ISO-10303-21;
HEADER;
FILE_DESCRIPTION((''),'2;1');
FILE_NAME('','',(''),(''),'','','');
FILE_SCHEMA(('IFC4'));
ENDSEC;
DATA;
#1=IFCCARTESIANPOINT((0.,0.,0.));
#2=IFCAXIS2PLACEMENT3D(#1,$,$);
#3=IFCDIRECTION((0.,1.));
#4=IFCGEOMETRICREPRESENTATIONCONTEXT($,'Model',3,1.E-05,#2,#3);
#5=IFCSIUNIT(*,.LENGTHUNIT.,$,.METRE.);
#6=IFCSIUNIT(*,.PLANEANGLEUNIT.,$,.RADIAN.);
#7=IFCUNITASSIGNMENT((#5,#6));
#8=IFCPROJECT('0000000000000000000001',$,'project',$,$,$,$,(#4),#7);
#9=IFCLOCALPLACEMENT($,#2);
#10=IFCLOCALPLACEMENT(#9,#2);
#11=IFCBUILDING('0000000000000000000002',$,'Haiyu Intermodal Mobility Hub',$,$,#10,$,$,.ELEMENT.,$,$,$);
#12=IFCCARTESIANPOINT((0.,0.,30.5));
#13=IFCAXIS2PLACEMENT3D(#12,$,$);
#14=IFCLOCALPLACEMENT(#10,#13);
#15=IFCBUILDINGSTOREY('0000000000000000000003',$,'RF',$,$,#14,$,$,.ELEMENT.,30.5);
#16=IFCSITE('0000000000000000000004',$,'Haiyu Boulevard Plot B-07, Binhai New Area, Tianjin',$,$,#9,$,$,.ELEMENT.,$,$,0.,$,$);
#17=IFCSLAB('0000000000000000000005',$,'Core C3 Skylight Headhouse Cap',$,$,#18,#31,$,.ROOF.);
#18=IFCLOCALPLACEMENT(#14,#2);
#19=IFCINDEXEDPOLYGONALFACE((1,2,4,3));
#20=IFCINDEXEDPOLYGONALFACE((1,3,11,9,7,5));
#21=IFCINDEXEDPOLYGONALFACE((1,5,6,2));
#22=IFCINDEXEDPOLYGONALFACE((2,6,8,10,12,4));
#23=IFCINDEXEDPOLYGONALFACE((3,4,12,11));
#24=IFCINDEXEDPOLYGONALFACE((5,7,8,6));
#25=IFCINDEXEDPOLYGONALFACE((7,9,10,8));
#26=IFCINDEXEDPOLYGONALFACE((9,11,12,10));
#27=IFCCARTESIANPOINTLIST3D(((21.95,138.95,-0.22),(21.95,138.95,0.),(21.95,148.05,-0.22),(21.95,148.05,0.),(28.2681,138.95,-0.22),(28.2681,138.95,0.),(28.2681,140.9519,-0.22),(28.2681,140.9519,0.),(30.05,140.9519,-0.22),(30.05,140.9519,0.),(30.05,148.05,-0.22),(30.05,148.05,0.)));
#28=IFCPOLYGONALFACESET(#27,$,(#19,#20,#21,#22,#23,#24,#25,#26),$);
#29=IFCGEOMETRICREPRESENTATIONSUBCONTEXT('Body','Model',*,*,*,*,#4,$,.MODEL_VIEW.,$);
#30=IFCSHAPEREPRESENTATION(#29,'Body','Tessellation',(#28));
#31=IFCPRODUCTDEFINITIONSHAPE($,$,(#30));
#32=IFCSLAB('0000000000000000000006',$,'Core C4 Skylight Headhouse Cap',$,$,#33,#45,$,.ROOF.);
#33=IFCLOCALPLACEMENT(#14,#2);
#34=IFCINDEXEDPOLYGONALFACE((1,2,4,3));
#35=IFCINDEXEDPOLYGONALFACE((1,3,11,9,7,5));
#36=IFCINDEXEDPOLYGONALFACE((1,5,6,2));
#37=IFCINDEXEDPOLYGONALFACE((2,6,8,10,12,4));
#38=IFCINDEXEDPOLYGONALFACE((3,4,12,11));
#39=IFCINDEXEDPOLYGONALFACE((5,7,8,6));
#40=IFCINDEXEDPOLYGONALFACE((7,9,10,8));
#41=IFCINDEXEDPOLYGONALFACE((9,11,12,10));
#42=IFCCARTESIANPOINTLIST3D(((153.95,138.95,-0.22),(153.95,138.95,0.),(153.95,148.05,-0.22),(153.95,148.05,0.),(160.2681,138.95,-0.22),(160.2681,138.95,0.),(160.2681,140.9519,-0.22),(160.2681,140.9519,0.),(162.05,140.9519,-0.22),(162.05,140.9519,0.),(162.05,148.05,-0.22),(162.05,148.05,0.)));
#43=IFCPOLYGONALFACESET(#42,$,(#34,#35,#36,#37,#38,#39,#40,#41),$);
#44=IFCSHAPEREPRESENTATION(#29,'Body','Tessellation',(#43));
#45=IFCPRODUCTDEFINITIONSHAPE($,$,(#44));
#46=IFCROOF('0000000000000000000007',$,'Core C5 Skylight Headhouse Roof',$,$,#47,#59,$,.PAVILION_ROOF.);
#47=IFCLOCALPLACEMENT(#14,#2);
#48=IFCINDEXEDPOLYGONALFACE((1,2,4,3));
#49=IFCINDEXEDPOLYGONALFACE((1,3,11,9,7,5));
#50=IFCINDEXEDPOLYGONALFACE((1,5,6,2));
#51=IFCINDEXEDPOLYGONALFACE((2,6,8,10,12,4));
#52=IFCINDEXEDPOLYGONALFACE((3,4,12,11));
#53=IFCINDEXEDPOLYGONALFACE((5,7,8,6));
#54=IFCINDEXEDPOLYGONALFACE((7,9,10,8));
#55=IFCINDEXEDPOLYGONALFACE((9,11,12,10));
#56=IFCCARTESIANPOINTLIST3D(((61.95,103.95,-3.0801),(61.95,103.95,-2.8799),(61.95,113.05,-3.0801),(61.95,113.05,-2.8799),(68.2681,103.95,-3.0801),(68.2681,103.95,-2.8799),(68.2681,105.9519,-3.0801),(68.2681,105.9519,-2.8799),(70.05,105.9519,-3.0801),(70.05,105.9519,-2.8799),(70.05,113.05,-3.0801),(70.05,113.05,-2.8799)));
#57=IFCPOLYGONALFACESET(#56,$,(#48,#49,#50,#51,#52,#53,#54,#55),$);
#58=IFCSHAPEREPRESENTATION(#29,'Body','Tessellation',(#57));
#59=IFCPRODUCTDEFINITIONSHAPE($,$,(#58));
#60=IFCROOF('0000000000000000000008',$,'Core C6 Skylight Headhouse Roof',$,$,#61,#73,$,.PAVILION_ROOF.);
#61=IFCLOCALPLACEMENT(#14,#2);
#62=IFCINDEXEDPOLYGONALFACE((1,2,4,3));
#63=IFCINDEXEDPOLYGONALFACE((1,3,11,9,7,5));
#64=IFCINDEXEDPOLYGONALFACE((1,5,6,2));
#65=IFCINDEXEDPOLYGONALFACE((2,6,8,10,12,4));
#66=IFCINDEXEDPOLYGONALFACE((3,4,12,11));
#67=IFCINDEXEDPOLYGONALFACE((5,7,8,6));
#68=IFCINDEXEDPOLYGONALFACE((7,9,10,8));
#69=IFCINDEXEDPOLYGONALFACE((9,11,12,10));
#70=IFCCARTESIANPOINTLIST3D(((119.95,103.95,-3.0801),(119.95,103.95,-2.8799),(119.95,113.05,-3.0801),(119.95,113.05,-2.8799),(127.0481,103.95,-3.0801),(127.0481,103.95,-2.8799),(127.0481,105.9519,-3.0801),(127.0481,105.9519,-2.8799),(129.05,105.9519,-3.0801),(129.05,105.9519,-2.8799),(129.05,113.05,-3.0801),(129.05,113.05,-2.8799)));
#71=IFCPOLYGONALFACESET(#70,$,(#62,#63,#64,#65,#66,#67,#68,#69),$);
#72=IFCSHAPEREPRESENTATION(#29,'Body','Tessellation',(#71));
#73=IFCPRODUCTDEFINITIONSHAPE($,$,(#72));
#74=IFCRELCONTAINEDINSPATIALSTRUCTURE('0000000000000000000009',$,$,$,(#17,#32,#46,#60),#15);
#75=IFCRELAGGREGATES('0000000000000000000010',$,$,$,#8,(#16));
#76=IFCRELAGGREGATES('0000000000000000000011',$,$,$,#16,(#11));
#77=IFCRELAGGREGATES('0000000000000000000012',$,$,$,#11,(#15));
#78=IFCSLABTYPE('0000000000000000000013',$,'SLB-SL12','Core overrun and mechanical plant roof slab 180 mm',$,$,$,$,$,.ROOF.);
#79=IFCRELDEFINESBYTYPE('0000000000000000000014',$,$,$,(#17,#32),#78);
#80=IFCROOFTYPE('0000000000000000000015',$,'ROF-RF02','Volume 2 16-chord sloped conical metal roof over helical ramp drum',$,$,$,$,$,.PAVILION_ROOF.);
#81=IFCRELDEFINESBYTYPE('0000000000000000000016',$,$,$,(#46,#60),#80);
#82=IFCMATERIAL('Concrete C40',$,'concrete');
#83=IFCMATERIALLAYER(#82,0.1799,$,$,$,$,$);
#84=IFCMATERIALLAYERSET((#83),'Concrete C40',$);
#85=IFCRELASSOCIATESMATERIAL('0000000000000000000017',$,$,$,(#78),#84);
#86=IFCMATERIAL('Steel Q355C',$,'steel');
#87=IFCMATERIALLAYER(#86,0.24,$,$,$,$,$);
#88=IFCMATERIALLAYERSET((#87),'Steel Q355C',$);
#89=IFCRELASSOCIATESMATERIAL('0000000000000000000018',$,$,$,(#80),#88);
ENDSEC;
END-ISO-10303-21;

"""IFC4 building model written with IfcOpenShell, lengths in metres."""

from ifc_helpers import new_model, si_unit, direction, frame, origin, place, context, subcontext, project, spatial, polyline, outline, extrude, material, layer, layer_set, type_object, element, save


model = new_model("IFC4")

# Units and contexts
model_context = context("Model", 3, precision=1e-05, world=origin(), true_north=direction((0.0, 1.0)))
body_context = subcontext(model_context, "Body", "Model", "MODEL_VIEW")
ifc_project = project(units=[si_unit("LENGTHUNIT", "METRE"), si_unit("PLANEANGLEUNIT", "RADIAN")], contexts=[model_context])

# Site, building, storey
site_placement = place(None, origin())
site = spatial("IfcSite", under=ifc_project, at=site_placement, Name="Haiyu Boulevard Plot B-07, Binhai New Area, Tianjin", CompositionType="ELEMENT", RefElevation=0.0)
building_placement = place(site_placement, origin())
building = spatial("IfcBuilding", under=site, at=building_placement, Name="Haiyu Intermodal Mobility Hub", CompositionType="ELEMENT")
storey_placement = place(building_placement, frame((0.0, 0.0, 30.5)))
storey = spatial("IfcBuildingStorey", under=building, at=storey_placement, Name="RF", CompositionType="ELEMENT", Elevation=30.5)

# Slabs
ifc_material_1 = material(Name="Concrete C40", Category="concrete")
ifc_layer_1 = layer(ifc_material_1, 0.1799)
ifc_layer_set_1 = layer_set([ifc_layer_1], Name="Concrete C40")
slab_type = type_object("IfcSlabType", Name="SLB-SL12", Description="Core overrun and mechanical plant roof slab 180 mm", PredefinedType="ROOF", material=ifc_layer_set_1)
slab_1_placement = place(storey_placement, frame((0.0, 0.0, -0.22)))
element("IfcSlab", 1, at=slab_1_placement, inside=storey, type_object=slab_type, Name="Core C3 Skylight Headhouse Cap", PredefinedType="ROOF", context=body_context, shape_type="SweptSolid", body=[
    extrude(outline(polyline([(21.95, 138.95), (28.2681, 138.95), (28.2681, 140.9519), (30.05, 140.9519), (30.05, 148.05), (21.95, 148.05), (21.95, 138.95)])), origin(), (0.0, 0.0, 1.0), 0.22),
])
slab_2_placement = place(storey_placement, frame((0.0, 0.0, -0.22)))
element("IfcSlab", 2, at=slab_2_placement, inside=storey, type_object=slab_type, Name="Core C4 Skylight Headhouse Cap", PredefinedType="ROOF", context=body_context, shape_type="SweptSolid", body=[
    extrude(outline(polyline([(153.95, 138.95), (160.2681, 138.95), (160.2681, 140.9519), (162.05, 140.9519), (162.05, 148.05), (153.95, 148.05), (153.95, 138.95)])), origin(), (0.0, 0.0, 1.0), 0.22),
])

# Roofs
ifc_material_2 = material(Name="Steel Q355C", Category="steel")
ifc_layer_2 = layer(ifc_material_2, 0.24)
ifc_layer_set_2 = layer_set([ifc_layer_2], Name="Steel Q355C")
roof_type = type_object("IfcRoofType", Name="ROF-RF02", Description="Volume 2 16-chord sloped conical metal roof over helical ramp drum", PredefinedType="PAVILION_ROOF", material=ifc_layer_set_2)
roof_1_placement = place(storey_placement, frame((0.0, 0.0, -3.0801)))
element("IfcRoof", 3, at=roof_1_placement, inside=storey, type_object=roof_type, Name="Core C5 Skylight Headhouse Roof", PredefinedType="PAVILION_ROOF", context=body_context, shape_type="SweptSolid", body=[
    extrude(outline(polyline([(61.95, 103.95), (68.2681, 103.95), (68.2681, 105.9519), (70.05, 105.9519), (70.05, 113.05), (61.95, 113.05), (61.95, 103.95)])), origin(), (0.0, 0.0, 1.0), 0.2002),
])
roof_2_placement = place(storey_placement, frame((0.0, 0.0, -3.0801)))
element("IfcRoof", 4, at=roof_2_placement, inside=storey, type_object=roof_type, Name="Core C6 Skylight Headhouse Roof", PredefinedType="PAVILION_ROOF", context=body_context, shape_type="SweptSolid", body=[
    extrude(outline(polyline([(119.95, 103.95), (127.0481, 103.95), (127.0481, 105.9519), (129.05, 105.9519), (129.05, 113.05), (119.95, 113.05), (119.95, 103.95)])), origin(), (0.0, 0.0, 1.0), 0.2002),
])

save(model, "model.ifc")
